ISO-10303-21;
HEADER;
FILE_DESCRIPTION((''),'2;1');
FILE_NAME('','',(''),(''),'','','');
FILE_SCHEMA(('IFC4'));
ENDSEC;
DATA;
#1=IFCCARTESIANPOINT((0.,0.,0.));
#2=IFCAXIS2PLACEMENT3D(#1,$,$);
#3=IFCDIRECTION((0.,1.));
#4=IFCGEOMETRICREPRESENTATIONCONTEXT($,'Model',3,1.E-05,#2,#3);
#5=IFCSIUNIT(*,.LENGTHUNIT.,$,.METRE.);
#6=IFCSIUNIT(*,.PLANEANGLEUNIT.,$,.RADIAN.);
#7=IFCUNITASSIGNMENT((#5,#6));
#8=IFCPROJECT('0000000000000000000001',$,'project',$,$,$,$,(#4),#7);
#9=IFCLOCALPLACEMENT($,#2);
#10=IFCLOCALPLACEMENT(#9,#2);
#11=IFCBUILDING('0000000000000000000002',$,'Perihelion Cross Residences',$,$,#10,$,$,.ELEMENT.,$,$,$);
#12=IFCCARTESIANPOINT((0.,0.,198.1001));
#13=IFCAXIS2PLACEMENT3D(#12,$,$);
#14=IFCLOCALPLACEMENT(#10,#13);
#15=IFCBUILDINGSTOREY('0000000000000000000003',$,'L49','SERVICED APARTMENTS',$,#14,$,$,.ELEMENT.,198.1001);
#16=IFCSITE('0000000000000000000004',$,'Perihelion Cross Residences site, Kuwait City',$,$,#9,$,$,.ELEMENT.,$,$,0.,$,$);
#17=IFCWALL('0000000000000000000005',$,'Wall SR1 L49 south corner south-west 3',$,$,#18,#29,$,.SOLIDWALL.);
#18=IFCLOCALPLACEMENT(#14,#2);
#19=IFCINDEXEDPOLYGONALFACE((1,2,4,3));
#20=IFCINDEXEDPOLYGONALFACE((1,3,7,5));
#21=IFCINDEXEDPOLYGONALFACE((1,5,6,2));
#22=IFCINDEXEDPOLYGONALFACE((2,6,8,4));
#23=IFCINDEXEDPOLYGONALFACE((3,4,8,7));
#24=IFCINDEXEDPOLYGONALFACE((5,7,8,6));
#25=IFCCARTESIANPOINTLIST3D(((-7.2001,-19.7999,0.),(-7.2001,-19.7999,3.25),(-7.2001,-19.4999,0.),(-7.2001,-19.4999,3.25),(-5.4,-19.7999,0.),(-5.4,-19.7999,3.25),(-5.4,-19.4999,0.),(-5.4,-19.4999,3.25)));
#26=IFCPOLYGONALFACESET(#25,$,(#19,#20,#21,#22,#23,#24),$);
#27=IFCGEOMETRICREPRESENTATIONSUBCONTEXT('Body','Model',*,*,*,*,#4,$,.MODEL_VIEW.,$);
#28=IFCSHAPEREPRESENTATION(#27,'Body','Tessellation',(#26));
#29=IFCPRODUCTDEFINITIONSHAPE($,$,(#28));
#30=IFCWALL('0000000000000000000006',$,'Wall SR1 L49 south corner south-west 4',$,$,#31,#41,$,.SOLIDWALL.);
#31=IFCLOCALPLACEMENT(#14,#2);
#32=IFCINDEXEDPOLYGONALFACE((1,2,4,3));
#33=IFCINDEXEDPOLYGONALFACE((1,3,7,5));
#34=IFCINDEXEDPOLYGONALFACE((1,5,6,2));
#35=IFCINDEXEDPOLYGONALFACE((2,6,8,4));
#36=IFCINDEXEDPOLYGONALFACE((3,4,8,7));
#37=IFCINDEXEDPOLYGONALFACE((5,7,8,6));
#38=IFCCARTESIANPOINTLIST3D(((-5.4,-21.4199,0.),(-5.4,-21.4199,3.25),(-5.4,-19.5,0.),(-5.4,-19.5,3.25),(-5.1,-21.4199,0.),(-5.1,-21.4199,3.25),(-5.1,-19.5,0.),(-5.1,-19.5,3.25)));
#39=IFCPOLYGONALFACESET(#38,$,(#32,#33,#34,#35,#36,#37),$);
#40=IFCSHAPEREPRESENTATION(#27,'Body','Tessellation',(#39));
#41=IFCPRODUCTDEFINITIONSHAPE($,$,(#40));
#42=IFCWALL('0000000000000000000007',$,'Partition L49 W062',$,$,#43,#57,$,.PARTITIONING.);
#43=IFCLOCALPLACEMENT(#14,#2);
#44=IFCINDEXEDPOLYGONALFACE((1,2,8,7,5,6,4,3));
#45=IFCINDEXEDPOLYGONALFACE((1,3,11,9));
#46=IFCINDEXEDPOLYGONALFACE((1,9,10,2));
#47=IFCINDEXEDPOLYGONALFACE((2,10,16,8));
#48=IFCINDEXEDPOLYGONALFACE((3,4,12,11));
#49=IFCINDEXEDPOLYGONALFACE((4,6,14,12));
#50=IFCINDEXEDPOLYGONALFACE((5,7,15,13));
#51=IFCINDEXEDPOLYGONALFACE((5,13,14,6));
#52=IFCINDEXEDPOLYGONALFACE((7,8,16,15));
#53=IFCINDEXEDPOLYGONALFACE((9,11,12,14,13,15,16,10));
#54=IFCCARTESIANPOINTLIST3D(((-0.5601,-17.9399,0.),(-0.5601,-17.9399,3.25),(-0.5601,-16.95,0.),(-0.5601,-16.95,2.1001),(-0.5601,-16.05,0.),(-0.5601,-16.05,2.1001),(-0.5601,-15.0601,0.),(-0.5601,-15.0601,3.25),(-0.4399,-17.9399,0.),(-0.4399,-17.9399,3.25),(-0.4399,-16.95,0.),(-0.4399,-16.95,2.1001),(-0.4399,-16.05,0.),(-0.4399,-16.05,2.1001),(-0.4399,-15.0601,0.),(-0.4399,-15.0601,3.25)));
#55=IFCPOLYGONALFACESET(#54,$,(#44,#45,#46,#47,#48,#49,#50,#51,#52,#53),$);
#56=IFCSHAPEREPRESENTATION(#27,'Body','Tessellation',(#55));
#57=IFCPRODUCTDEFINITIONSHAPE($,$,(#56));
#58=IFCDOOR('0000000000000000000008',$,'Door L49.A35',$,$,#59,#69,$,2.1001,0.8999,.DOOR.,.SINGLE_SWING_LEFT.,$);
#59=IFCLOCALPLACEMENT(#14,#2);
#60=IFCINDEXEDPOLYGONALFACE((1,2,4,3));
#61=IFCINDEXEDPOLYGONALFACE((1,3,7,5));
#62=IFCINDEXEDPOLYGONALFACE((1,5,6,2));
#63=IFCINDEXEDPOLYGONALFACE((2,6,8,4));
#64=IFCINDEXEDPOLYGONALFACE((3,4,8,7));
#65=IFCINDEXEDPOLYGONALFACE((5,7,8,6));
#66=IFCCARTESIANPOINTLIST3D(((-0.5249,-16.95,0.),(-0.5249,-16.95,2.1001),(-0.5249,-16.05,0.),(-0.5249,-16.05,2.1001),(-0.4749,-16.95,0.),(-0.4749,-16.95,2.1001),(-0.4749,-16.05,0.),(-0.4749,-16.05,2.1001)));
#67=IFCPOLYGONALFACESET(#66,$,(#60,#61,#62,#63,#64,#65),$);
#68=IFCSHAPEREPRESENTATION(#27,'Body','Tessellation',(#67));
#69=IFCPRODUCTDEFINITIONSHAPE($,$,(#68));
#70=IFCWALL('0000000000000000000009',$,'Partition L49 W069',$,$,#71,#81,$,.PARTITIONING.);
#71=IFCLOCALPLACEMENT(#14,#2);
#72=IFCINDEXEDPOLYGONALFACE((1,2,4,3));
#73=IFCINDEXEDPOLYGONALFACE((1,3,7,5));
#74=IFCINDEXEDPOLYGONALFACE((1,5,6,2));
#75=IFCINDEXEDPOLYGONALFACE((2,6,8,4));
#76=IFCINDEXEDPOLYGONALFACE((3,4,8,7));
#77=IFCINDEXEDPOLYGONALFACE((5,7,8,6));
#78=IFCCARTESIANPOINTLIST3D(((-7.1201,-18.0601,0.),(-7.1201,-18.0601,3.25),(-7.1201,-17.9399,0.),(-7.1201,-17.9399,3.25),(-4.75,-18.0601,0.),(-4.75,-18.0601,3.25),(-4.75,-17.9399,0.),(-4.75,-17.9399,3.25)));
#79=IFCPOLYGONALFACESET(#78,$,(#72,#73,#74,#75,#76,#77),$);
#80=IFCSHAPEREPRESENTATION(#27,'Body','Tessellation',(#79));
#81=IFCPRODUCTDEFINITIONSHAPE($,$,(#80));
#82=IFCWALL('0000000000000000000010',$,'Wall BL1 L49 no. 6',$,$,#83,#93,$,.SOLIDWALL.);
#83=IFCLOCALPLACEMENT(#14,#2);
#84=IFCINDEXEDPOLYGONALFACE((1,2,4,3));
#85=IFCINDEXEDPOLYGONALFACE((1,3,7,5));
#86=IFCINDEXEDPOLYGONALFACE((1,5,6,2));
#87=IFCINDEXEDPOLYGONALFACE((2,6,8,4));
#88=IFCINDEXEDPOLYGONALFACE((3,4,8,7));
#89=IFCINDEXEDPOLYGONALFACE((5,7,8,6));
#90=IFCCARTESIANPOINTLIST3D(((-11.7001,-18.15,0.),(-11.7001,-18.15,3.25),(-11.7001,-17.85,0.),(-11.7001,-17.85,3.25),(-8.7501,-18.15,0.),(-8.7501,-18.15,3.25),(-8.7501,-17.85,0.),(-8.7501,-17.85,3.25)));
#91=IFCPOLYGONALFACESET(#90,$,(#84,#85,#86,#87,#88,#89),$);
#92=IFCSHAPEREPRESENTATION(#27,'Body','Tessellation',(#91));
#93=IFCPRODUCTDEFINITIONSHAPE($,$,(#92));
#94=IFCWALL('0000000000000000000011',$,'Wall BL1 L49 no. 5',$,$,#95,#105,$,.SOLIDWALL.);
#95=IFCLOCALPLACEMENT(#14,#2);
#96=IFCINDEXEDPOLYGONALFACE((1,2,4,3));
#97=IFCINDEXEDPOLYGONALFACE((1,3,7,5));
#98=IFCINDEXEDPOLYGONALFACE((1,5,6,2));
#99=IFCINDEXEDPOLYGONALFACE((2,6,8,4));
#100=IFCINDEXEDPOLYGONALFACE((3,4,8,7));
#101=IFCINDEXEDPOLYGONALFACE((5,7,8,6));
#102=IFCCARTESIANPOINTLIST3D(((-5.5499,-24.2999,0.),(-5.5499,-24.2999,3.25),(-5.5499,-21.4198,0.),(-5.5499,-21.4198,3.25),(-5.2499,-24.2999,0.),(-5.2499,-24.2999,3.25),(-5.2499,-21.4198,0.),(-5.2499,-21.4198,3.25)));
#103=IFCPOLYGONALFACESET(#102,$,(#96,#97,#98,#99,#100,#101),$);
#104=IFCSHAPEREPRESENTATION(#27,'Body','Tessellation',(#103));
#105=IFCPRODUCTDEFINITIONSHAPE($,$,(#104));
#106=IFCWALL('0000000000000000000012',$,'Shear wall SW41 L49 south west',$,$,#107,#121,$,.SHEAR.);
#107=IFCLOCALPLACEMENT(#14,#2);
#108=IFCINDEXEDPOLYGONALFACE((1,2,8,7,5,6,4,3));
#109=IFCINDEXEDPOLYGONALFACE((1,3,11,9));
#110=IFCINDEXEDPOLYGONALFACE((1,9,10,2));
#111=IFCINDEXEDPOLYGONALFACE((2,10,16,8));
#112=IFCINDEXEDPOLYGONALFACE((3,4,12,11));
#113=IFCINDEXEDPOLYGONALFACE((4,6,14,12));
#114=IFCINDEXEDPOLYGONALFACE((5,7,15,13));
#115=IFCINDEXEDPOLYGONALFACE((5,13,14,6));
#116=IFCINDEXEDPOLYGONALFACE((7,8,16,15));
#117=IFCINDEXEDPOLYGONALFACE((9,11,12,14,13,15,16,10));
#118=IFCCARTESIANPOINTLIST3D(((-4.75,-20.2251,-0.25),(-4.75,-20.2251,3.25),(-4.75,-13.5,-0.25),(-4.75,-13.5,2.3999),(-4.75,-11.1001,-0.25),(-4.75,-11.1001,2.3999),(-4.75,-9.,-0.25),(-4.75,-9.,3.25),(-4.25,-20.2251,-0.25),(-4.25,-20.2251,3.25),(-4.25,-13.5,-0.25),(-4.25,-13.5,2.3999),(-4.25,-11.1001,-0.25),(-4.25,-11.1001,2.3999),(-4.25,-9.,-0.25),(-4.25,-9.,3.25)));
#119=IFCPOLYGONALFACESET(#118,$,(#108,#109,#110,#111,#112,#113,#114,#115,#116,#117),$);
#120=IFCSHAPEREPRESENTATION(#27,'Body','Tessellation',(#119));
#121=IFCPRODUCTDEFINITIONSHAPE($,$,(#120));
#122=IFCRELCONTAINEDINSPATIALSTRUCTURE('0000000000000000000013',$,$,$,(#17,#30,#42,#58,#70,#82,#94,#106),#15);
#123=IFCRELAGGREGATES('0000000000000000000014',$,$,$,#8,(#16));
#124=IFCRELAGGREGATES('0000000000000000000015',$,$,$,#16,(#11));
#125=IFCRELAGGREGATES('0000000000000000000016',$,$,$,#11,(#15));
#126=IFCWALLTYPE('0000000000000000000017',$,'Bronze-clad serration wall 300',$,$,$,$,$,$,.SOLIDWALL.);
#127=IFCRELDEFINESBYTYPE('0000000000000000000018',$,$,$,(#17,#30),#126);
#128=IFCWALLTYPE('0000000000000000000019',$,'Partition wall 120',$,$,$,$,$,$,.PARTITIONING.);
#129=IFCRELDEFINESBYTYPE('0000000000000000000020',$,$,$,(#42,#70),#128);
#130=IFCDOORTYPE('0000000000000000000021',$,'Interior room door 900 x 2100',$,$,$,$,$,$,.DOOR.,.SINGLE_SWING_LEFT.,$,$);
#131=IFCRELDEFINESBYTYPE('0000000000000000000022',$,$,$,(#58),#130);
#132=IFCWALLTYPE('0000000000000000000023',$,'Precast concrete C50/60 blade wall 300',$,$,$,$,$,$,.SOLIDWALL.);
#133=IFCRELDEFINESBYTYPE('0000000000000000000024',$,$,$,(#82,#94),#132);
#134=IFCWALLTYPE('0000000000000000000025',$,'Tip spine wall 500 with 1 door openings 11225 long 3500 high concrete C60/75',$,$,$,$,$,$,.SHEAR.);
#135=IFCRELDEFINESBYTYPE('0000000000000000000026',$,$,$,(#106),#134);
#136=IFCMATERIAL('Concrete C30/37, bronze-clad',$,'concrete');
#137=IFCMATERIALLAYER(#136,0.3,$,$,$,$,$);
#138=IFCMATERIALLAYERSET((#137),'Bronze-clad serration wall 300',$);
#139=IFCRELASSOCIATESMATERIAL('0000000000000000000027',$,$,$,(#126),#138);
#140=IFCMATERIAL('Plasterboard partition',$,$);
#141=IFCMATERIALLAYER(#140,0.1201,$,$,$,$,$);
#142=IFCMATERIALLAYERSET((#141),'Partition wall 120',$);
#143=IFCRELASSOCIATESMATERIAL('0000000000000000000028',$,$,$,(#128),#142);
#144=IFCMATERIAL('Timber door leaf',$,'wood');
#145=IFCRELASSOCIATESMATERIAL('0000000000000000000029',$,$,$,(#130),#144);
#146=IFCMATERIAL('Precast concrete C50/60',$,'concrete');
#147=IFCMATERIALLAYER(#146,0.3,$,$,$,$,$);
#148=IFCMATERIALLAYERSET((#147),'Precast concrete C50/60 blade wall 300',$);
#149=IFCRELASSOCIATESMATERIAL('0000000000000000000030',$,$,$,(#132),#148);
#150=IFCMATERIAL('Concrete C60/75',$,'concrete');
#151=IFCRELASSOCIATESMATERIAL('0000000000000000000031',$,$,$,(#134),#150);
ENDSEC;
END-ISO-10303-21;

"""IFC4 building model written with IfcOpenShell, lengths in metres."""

from ifc_helpers import new_model, si_unit, direction, frame, frame_2d, origin, place, context, subcontext, project, spatial, polyline, rectangle, outline, extrude, material, layer, layer_set, material_profile, profile_set, type_object, element, fill, save


model = new_model("IFC4")

# Units and contexts
model_context = context("Model", 3, precision=1e-05, world=origin(), true_north=direction((0.0, 1.0)))
body_context = subcontext(model_context, "Body", "Model", "MODEL_VIEW")
ifc_project = project(units=[si_unit("LENGTHUNIT", "METRE"), si_unit("PLANEANGLEUNIT", "RADIAN")], contexts=[model_context])

# Site, building, storey
site_placement = place(None, origin())
site = spatial("IfcSite", under=ifc_project, at=site_placement, Name="Perihelion Cross Residences site, Kuwait City", CompositionType="ELEMENT", RefElevation=0.0)
building_placement = place(site_placement, origin())
building = spatial("IfcBuilding", under=site, at=building_placement, Name="Perihelion Cross Residences", CompositionType="ELEMENT")
storey_placement = place(building_placement, frame((0.0, 0.0, 198.1001)))
storey = spatial("IfcBuildingStorey", under=building, at=storey_placement, Name="L49", Description="SERVICED APARTMENTS", CompositionType="ELEMENT", Elevation=198.1001)

# Walls
ifc_material_1 = material(Name="Concrete C30/37, bronze-clad", Category="concrete")
ifc_layer_1 = layer(ifc_material_1, 0.3)
ifc_layer_set_1 = layer_set([ifc_layer_1], Name="Bronze-clad serration wall 300")
wall_type_1 = type_object("IfcWallType", Name="Bronze-clad serration wall 300", PredefinedType="SOLIDWALL", material=ifc_layer_set_1)
for number, where, z_axis, x_axis, name in (
    (1, (-7.2, -19.6499, 0.0), (0.0, 0.0, 1.0), (1.0, 0.0, 0.0), "Wall SR1 L49 south corner south-west 3"),
):
    element("IfcWall", number, at=place(storey_placement, frame(where, z_axis=z_axis, x_axis=x_axis)), inside=storey, type_object=wall_type_1, Name=name, PredefinedType="SOLIDWALL", context=body_context, shape_type="SweptSolid", body=[
        extrude(rectangle(XDim=1.8, YDim=0.3, at=frame_2d((0.8999, 0.0))), origin(), (0.0, 0.0, 1.0), 3.25),
    ])
wall_1_placement = place(storey_placement, frame((-5.25, -19.5, 0.0), z_axis=(0.0, 0.0, 1.0), x_axis=(0.0, -1.0, 0.0)))
element("IfcWall", 2, at=wall_1_placement, inside=storey, type_object=wall_type_1, Name="Wall SR1 L49 south corner south-west 4", PredefinedType="SOLIDWALL", context=body_context, shape_type="SweptSolid", body=[
    extrude(rectangle(XDim=1.9199, YDim=0.3, at=frame_2d((0.96, 0.0))), origin(), (0.0, 0.0, 1.0), 3.25),
])

# Wall, opening, door
ifc_material_2 = material(Name="Plasterboard partition")
ifc_layer_2 = layer(ifc_material_2, 0.1201)
ifc_layer_set_2 = layer_set([ifc_layer_2], Name="Partition wall 120")
wall_type_2 = type_object("IfcWallType", Name="Partition wall 120", PredefinedType="PARTITIONING", material=ifc_layer_set_2)
wall_2_placement = place(storey_placement, frame((-0.5, -17.9399, 0.0), z_axis=(0.0, 0.0, 1.0), x_axis=(0.0, 1.0, 0.0)))
wall_2 = element("IfcWall", 3, at=wall_2_placement, inside=storey, type_object=wall_type_2, Name="Partition L49 W062", PredefinedType="PARTITIONING", context=body_context, shape_type="SweptSolid", body=[
    extrude(rectangle(XDim=2.8799, YDim=0.1201, at=frame_2d((1.4399, 0.0))), origin(), (0.0, 0.0, 1.0), 3.25),
])
opening_1_placement = place(wall_2_placement, frame((0.99, 0.0, 0.0)))
opening_1 = element("IfcOpeningElement", 4, at=opening_1_placement, cuts=wall_2, PredefinedType="OPENING", context=body_context, shape_type="SweptSolid", body=[
    extrude(rectangle(XDim=0.8999, YDim=2.1001, at=frame_2d((0.45, 1.05))), frame((0.0, 0.0701, 0.0), z_axis=(0.0, -1.0, 0.0), x_axis=(1.0, 0.0, 0.0)), (0.0, 0.0, 1.0), 0.1401),
])
ifc_material_3 = material(Name="Timber door leaf", Category="wood")
door_type_1 = type_object("IfcDoorType", Name="Interior room door 900 x 2100", OperationType="SINGLE_SWING_LEFT", PredefinedType="DOOR", material=ifc_material_3)
door_1_placement = place(opening_1_placement, origin())
door_1 = element("IfcDoor", 5, at=door_1_placement, inside=storey, type_object=door_type_1, Name="Door L49.A35", OperationType="SINGLE_SWING_LEFT", OverallHeight=2.1001, OverallWidth=0.8999, PredefinedType="DOOR", context=body_context, shape_type="SweptSolid", body=[
    extrude(rectangle(XDim=0.8999, YDim=2.1001, at=frame_2d((0.45, 1.05))), frame((0.0, 0.0249, 0.0), z_axis=(0.0, -1.0, 0.0), x_axis=(1.0, 0.0, 0.0)), (0.0, 0.0, 1.0), 0.05),
])
fill(opening_1, door_1)

# Walls
wall_3_placement = place(storey_placement, frame((-4.75, -18.0, 0.0), z_axis=(0.0, 0.0, 1.0), x_axis=(-1.0, 0.0, 0.0)))
element("IfcWall", 6, at=wall_3_placement, inside=storey, type_object=wall_type_2, Name="Partition L49 W069", PredefinedType="PARTITIONING", context=body_context, shape_type="SweptSolid", body=[
    extrude(rectangle(XDim=2.3701, YDim=0.1201, at=frame_2d((1.1851, 0.0))), origin(), (0.0, 0.0, 1.0), 3.25),
])
ifc_material_4 = material(Name="Precast concrete C50/60", Category="concrete")
ifc_layer_3 = layer(ifc_material_4, 0.3)
ifc_layer_set_3 = layer_set([ifc_layer_3], Name="Precast concrete C50/60 blade wall 300")
wall_type_3 = type_object("IfcWallType", Name="Precast concrete C50/60 blade wall 300", PredefinedType="SOLIDWALL", material=ifc_layer_set_3)
wall_4_placement = place(storey_placement, frame((-8.75, -18.0, 0.0), z_axis=(0.0, 0.0, 1.0), x_axis=(-1.0, 0.0, 0.0)))
element("IfcWall", 7, at=wall_4_placement, inside=storey, type_object=wall_type_3, Name="Wall BL1 L49 no. 6", PredefinedType="SOLIDWALL", context=body_context, shape_type="SweptSolid", body=[
    extrude(rectangle(XDim=2.95, YDim=0.3, at=frame_2d((1.4751, 0.0))), origin(), (0.0, 0.0, 1.0), 3.25),
])
wall_5_placement = place(storey_placement, frame((-5.3999, -21.4199, 0.0), z_axis=(0.0, 0.0, 1.0), x_axis=(0.0, -1.0, 0.0)))
element("IfcWall", 8, at=wall_5_placement, inside=storey, type_object=wall_type_3, Name="Wall BL1 L49 no. 5", PredefinedType="SOLIDWALL", context=body_context, shape_type="SweptSolid", body=[
    extrude(rectangle(XDim=2.8801, YDim=0.3, at=frame_2d((1.4399, 0.0))), origin(), (0.0, 0.0, 1.0), 3.25),
])
ifc_material_5 = material(Name="Concrete C60/75", Category="concrete")
ifc_material_profile_1 = material_profile(ifc_material_5, outline(polyline([(0.0, 0.0), (6.7251, 0.0), (6.7251, 2.6499), (9.125, 2.6499), (9.125, 0.0), (11.2251, 0.0), (11.2251, 3.5), (0.0, 3.5), (0.0, 0.0)])), Name="Tip spine wall")
ifc_profile_set_1 = profile_set([ifc_material_profile_1], Name="Concrete C60/75")
wall_type_4 = type_object("IfcWallType", Name="Tip spine wall 500 with 1 door openings 11225 long 3500 high concrete C60/75", PredefinedType="SHEAR", material=ifc_profile_set_1)
wall_6_placement = place(storey_placement, frame((-4.75, -20.2251, -0.25), z_axis=(1.0, 0.0, 0.0), x_axis=(0.0, 1.0, 0.0)))
element("IfcWall", 9, at=wall_6_placement, inside=storey, type_object=wall_type_4, Name="Shear wall SW41 L49 south west", PredefinedType="SHEAR", context=body_context, shape_type="SweptSolid", body=[
    extrude(outline(polyline([(0.0, 0.0), (6.7251, 0.0), (6.7251, 2.6499), (9.125, 2.6499), (9.125, 0.0), (11.2251, 0.0), (11.2251, 3.5), (0.0, 3.5), (0.0, 0.0)])), origin(), (0.0, 0.0, 1.0), 0.5),
])

save(model, "model.ifc")
